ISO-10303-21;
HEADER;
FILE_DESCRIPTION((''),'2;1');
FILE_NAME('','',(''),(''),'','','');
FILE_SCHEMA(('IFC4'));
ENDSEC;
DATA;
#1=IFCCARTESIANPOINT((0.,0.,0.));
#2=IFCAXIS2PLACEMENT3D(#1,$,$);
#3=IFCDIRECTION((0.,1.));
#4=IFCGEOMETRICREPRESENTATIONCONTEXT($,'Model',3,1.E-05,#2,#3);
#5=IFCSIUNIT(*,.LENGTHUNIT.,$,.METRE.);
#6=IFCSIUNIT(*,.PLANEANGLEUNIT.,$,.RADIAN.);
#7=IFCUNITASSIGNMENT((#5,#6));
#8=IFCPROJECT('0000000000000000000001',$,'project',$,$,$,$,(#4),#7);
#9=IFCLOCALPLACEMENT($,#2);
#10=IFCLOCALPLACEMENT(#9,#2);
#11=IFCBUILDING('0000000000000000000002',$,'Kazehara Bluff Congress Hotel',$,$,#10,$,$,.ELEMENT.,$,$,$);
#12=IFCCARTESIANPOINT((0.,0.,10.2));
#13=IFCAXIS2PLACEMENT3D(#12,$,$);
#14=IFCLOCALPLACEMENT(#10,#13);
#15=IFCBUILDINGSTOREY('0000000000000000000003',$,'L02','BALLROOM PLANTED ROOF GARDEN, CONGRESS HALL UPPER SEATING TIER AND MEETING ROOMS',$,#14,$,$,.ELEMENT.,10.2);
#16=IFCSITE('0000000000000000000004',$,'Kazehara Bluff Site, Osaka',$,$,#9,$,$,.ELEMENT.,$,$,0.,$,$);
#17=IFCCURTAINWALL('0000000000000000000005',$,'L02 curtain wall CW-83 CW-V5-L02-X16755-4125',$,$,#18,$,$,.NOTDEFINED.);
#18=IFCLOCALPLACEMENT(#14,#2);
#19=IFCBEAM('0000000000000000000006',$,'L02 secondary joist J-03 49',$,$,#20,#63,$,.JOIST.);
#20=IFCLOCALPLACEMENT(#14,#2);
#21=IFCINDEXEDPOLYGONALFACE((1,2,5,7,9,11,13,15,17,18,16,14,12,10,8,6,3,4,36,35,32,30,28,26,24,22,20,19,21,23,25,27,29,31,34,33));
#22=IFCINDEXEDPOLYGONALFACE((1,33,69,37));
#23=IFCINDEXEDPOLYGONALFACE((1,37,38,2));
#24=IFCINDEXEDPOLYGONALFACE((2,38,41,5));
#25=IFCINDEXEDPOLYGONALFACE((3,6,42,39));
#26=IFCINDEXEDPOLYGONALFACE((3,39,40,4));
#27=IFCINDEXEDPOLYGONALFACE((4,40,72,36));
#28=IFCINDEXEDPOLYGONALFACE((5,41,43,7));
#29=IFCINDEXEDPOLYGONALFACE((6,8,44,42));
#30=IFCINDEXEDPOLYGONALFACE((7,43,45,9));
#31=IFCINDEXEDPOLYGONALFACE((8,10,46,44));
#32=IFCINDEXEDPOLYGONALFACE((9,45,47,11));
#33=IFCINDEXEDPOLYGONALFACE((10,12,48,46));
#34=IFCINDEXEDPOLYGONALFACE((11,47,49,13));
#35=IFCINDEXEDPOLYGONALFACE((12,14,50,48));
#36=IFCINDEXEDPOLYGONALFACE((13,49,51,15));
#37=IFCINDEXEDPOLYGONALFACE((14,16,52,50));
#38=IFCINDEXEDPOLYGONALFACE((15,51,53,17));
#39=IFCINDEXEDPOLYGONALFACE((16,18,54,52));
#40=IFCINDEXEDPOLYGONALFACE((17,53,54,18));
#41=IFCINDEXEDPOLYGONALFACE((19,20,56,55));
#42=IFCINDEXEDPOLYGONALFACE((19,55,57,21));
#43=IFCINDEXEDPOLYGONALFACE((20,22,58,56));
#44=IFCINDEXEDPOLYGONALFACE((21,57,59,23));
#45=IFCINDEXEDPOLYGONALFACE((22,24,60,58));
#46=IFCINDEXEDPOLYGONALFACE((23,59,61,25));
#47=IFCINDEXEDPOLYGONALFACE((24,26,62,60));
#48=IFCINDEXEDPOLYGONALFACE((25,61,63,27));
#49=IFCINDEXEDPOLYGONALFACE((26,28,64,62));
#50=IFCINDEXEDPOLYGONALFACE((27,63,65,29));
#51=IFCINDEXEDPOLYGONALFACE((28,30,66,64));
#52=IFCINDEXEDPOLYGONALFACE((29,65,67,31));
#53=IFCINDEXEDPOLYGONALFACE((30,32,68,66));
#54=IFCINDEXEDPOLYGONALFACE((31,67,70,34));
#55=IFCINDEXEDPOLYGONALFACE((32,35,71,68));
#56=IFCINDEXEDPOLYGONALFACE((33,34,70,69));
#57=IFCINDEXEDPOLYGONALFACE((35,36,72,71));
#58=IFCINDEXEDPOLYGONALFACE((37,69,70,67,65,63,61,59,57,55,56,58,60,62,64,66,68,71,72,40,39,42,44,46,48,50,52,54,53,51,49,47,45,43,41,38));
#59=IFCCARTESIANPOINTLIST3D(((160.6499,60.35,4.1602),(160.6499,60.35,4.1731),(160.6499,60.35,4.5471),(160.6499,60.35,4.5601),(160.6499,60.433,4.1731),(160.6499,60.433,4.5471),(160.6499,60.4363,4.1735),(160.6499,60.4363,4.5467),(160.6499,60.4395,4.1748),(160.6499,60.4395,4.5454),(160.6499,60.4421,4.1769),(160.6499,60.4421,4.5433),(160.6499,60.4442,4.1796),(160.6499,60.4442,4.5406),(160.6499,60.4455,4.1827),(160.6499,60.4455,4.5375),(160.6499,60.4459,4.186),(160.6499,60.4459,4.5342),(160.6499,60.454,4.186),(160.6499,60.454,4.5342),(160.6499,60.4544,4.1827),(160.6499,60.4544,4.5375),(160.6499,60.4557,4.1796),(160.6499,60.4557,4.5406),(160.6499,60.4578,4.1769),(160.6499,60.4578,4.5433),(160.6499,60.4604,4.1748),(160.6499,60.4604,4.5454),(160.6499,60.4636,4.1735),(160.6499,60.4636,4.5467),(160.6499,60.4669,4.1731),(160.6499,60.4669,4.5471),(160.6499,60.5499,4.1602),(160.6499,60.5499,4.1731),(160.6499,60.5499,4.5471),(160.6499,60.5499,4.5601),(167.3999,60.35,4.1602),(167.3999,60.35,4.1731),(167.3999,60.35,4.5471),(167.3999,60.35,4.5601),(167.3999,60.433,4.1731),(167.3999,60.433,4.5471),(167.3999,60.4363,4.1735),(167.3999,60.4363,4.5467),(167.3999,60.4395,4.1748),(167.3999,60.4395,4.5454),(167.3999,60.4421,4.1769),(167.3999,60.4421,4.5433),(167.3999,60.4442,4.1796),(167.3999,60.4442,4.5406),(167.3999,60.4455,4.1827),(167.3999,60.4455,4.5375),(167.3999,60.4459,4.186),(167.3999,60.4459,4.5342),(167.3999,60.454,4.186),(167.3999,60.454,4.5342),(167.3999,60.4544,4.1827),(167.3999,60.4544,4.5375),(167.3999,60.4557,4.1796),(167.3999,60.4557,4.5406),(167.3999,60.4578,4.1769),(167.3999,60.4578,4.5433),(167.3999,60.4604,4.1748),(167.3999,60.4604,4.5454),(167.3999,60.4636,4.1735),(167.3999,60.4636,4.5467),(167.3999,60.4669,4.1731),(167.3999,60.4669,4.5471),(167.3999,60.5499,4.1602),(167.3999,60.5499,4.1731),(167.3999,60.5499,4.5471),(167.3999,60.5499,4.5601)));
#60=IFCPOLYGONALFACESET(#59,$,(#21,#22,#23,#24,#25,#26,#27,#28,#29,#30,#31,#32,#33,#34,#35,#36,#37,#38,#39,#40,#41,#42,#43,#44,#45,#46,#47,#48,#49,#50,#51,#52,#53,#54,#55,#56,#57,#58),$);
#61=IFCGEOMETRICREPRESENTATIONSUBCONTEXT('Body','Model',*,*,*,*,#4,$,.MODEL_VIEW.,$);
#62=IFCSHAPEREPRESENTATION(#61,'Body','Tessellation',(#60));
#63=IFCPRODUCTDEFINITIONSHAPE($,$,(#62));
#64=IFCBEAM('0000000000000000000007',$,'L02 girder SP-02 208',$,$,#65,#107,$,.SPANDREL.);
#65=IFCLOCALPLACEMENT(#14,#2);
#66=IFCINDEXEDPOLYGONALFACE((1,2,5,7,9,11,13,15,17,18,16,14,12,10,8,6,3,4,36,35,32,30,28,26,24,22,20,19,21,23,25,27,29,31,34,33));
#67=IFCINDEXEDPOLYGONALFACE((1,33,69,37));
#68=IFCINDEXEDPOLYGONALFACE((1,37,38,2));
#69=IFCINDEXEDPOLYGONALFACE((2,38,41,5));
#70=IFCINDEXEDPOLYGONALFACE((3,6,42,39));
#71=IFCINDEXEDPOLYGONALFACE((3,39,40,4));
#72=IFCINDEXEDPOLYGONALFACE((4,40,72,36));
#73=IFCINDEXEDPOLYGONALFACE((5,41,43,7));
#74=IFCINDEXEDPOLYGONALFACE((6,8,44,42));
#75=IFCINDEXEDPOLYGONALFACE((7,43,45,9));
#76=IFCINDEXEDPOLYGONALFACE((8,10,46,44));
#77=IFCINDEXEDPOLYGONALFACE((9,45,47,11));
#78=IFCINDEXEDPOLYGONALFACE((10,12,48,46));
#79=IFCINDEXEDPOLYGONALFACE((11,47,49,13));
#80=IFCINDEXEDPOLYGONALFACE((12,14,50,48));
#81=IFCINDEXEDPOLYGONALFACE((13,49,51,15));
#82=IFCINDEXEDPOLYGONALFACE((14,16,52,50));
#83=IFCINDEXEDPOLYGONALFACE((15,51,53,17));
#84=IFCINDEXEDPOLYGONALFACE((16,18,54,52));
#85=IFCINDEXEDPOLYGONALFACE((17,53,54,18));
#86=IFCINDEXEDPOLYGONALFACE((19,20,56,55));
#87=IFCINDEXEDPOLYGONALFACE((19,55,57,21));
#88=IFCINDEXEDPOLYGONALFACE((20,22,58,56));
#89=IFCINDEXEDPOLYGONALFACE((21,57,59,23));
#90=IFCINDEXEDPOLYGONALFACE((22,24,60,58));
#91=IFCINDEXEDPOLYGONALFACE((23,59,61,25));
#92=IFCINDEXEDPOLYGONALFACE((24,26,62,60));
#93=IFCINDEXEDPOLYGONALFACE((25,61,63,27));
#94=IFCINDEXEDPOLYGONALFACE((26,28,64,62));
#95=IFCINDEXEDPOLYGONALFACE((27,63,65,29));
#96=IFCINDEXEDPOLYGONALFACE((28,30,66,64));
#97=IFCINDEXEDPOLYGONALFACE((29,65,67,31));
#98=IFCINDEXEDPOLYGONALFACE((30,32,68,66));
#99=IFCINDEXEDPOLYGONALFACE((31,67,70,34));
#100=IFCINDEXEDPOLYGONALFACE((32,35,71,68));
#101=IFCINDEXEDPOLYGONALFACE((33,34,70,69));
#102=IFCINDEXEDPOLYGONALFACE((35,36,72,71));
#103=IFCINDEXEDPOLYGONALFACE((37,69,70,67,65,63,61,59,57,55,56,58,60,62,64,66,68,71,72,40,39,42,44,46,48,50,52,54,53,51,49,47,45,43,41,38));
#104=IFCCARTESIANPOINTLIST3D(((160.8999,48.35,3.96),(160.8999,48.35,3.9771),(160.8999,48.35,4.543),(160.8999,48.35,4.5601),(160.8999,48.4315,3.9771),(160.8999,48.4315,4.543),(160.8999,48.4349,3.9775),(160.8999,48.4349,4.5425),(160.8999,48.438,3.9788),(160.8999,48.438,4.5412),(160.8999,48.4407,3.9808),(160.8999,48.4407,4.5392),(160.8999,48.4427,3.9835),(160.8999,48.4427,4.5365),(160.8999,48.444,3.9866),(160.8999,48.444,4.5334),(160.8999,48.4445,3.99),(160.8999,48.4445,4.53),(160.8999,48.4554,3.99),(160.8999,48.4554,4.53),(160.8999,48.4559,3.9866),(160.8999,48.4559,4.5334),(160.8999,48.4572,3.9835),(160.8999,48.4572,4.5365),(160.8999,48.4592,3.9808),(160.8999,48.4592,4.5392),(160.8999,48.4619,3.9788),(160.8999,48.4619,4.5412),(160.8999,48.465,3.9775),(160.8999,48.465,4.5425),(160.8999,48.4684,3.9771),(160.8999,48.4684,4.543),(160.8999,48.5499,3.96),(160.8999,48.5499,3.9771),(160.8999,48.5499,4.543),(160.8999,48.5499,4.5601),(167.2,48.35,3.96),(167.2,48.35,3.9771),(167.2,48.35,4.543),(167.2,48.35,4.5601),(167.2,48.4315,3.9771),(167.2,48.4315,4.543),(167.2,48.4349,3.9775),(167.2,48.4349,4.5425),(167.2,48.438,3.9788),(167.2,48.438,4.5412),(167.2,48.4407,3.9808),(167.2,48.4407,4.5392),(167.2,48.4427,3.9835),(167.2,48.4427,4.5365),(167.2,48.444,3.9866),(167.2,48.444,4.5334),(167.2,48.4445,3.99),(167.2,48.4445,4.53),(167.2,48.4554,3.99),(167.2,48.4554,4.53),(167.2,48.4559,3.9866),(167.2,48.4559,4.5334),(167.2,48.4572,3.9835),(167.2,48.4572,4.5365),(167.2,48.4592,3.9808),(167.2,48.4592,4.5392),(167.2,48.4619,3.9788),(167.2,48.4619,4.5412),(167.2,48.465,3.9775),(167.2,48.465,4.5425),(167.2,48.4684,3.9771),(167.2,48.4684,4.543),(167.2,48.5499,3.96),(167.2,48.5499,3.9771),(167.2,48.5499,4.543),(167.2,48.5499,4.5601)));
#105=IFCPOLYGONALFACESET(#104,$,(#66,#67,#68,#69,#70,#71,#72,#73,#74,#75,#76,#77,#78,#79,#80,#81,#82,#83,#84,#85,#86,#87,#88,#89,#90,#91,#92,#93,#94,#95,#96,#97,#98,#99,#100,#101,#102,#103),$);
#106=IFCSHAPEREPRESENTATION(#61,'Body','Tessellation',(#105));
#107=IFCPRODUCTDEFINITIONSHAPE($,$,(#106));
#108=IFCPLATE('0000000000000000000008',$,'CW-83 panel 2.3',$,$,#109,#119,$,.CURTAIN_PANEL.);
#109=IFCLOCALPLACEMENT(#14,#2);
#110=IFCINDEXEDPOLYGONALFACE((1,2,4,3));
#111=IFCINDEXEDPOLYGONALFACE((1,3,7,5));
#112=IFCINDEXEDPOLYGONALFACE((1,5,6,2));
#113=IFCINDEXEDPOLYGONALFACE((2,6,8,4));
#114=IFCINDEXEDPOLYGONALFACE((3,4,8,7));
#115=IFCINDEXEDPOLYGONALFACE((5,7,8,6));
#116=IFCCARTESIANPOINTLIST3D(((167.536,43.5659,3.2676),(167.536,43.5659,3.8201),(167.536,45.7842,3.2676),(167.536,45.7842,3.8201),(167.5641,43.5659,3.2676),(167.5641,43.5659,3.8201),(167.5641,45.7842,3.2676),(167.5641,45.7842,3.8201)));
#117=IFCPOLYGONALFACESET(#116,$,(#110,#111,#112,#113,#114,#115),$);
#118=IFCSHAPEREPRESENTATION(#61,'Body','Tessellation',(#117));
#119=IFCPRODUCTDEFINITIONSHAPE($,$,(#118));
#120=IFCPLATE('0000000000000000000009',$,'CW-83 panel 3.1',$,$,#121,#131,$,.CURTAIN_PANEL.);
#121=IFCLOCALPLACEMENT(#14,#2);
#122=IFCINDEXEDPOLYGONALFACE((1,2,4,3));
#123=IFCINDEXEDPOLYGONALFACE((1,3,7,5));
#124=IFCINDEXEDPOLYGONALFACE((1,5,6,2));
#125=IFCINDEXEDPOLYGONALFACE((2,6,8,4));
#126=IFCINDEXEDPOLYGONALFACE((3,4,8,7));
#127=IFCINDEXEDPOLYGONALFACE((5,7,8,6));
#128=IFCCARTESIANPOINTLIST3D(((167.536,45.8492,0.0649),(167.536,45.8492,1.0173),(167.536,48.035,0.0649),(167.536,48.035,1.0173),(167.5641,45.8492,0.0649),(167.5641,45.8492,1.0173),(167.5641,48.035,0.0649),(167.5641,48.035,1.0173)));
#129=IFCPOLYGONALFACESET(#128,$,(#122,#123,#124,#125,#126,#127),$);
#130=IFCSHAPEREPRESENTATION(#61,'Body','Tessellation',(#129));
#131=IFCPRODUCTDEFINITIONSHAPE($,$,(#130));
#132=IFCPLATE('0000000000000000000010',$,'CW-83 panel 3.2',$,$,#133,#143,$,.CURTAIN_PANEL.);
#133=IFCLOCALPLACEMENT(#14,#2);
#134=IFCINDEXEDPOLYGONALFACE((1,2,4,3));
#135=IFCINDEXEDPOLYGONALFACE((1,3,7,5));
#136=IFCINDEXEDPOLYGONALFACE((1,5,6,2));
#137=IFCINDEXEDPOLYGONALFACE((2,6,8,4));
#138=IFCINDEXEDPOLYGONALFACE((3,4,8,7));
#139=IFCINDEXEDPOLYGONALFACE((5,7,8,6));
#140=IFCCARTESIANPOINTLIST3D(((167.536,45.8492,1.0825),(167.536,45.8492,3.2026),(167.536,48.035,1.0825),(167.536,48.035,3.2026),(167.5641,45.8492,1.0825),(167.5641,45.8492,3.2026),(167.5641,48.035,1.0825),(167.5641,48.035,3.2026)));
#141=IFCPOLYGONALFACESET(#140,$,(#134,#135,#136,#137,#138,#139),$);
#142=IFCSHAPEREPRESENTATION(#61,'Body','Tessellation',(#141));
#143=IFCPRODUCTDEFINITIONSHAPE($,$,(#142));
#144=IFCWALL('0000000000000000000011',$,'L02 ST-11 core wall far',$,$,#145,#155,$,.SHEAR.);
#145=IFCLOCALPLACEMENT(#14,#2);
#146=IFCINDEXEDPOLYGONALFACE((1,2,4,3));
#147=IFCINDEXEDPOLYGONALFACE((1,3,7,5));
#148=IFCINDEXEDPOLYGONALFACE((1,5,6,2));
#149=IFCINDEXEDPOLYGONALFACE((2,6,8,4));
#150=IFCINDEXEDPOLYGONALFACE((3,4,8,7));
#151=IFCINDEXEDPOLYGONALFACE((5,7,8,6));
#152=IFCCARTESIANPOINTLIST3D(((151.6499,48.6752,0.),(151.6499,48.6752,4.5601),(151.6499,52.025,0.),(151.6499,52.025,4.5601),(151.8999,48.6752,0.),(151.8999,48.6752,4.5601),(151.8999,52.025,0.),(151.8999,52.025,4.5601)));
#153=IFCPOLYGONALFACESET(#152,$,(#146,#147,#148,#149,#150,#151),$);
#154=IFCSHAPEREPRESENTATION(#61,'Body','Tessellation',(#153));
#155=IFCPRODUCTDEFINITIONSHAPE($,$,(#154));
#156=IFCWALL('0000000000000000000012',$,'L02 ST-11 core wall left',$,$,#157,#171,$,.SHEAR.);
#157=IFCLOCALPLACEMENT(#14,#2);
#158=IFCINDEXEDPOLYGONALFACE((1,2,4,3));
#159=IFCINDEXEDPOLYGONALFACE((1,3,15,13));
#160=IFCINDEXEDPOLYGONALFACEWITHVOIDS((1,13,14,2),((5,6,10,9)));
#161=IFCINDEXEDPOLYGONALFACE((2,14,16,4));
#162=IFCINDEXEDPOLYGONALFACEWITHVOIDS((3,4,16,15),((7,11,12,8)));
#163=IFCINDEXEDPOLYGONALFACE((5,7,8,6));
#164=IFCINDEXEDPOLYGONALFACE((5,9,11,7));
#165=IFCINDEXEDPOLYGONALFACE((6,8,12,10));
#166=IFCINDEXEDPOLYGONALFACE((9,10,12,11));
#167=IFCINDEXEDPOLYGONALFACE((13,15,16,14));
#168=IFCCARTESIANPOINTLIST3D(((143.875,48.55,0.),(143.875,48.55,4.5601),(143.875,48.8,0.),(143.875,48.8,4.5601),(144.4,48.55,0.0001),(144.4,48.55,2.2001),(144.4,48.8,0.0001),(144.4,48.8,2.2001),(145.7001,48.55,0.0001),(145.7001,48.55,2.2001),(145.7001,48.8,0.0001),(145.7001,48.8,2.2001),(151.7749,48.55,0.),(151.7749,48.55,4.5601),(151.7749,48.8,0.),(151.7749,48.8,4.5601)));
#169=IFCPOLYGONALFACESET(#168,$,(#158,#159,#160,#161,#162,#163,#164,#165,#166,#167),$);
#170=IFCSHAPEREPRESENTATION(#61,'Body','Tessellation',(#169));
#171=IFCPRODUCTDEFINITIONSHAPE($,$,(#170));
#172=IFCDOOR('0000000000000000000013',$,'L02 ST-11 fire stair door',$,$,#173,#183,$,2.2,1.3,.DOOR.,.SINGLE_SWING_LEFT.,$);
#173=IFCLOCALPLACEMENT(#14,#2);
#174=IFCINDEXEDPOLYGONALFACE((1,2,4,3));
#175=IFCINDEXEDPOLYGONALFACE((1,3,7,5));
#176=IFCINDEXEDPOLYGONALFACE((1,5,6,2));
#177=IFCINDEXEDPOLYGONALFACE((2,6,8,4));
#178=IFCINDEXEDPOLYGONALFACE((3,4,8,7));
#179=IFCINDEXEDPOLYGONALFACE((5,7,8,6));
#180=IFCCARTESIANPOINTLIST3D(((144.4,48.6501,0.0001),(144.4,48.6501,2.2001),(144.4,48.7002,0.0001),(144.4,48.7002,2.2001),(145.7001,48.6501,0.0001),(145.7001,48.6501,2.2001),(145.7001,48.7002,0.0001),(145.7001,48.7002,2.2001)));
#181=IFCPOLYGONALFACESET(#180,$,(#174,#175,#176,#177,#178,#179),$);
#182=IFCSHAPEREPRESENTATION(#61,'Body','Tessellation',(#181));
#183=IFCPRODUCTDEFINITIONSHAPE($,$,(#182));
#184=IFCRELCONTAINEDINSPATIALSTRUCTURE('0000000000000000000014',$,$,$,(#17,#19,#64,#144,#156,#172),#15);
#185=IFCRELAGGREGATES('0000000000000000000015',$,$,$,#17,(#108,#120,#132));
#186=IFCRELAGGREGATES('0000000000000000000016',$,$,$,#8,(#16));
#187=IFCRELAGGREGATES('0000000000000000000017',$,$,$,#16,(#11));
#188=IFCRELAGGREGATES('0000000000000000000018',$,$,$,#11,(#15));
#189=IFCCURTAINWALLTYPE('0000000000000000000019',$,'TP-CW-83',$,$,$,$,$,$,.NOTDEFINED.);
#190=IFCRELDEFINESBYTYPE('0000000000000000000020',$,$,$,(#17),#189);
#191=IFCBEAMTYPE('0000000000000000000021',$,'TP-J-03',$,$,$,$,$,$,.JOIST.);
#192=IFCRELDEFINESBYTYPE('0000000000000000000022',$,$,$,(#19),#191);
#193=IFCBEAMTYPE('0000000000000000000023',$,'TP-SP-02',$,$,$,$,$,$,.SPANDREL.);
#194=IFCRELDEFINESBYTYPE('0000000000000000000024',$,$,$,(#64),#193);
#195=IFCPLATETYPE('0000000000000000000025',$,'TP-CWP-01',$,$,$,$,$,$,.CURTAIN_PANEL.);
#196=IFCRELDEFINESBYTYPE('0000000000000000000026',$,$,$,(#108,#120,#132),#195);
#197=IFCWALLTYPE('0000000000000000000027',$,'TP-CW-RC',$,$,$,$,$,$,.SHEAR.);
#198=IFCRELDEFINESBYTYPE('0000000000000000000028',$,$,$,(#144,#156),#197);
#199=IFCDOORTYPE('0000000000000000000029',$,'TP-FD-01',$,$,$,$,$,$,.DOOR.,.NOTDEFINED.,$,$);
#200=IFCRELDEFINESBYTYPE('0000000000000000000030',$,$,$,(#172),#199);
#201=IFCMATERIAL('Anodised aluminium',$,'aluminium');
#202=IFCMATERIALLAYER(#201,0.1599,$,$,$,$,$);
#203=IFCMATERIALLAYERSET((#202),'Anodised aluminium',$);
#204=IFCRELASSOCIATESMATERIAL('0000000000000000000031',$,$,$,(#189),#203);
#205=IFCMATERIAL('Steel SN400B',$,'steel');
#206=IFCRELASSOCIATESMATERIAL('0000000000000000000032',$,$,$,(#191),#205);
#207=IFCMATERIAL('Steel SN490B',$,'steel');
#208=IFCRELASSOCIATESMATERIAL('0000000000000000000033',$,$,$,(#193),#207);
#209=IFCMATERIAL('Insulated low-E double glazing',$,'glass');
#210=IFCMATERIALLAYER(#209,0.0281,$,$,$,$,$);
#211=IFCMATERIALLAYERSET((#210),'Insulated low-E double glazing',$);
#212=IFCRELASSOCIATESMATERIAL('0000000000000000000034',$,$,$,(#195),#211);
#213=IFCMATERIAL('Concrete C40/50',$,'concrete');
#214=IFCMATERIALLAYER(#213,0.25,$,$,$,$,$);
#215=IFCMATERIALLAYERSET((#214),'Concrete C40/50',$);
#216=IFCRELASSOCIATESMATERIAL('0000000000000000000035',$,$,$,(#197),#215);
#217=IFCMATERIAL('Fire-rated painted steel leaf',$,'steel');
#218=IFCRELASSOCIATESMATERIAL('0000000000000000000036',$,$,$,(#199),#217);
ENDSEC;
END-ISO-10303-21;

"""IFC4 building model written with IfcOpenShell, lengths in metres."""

from ifc_helpers import new_model, si_unit, direction, frame, frame_2d, origin, origin_2d, place, context, subcontext, project, spatial, rectangle, i_section, extrude, material, layer, layer_set, material_profile, profile_set, type_object, element, fill, aggregate, save


model = new_model("IFC4")

# Units and contexts
model_context = context("Model", 3, precision=1e-05, world=origin(), true_north=direction((0.0, 1.0)))
body_context = subcontext(model_context, "Body", "Model", "MODEL_VIEW")
ifc_project = project(units=[si_unit("LENGTHUNIT", "METRE"), si_unit("PLANEANGLEUNIT", "RADIAN")], contexts=[model_context])

# Site, building, storey
site_placement = place(None, origin())
site = spatial("IfcSite", under=ifc_project, at=site_placement, Name="Kazehara Bluff Site, Osaka", CompositionType="ELEMENT", RefElevation=0.0)
building_placement = place(site_placement, origin())
building = spatial("IfcBuilding", under=site, at=building_placement, Name="Kazehara Bluff Congress Hotel", CompositionType="ELEMENT")
storey_placement = place(building_placement, frame((0.0, 0.0, 10.2)))
storey = spatial("IfcBuildingStorey", under=building, at=storey_placement, Name="L02", Description="BALLROOM PLANTED ROOF GARDEN, CONGRESS HALL UPPER SEATING TIER AND MEETING ROOMS", CompositionType="ELEMENT", Elevation=10.2)

# Curtain wall
ifc_material_1 = material(Name="Anodised aluminium", Category="aluminium")
ifc_layer_1 = layer(ifc_material_1, 0.1599)
ifc_layer_set_1 = layer_set([ifc_layer_1], Name="Anodised aluminium")
curtain_wall_type = type_object("IfcCurtainWallType", Name="TP-CW-83", PredefinedType="NOTDEFINED", material=ifc_layer_set_1)
curtain_wall_placement = place(storey_placement, origin())
curtain_wall = element("IfcCurtainWall", 1, at=curtain_wall_placement, inside=storey, type_object=curtain_wall_type, Name="L02 curtain wall CW-83 CW-V5-L02-X16755-4125", PredefinedType="NOTDEFINED")

# Beams
ifc_material_2 = material(Name="Steel SN400B", Category="steel")
ifc_material_profile_1 = material_profile(ifc_material_2, i_section(OverallWidth=0.2, OverallDepth=0.3999, WebThickness=0.0081, FlangeThickness=0.0129, FilletRadius=0.0129, at=origin_2d()))
ifc_profile_set_1 = profile_set([ifc_material_profile_1], Name="Steel SN400B")
beam_type_1 = type_object("IfcBeamType", Name="TP-J-03", PredefinedType="JOIST", material=ifc_profile_set_1)
for number, where, z_axis, x_axis, name in (
    (2, (160.6499, 60.45, 4.3601), (1.0, 0.0, 0.0), (0.0, 1.0, 0.0), "L02 secondary joist J-03 49"),
):
    element("IfcBeam", number, at=place(storey_placement, frame(where, z_axis=z_axis, x_axis=x_axis)), inside=storey, type_object=beam_type_1, Name=name, PredefinedType="JOIST", context=body_context, shape_type="SweptSolid", body=[
        extrude(i_section(OverallWidth=0.2, OverallDepth=0.3999, WebThickness=0.0081, FlangeThickness=0.0129, FilletRadius=0.0129, at=origin_2d()), origin(), (0.0, 0.0, 1.0), 6.75),
    ])
ifc_material_3 = material(Name="Steel SN490B", Category="steel")
ifc_material_profile_2 = material_profile(ifc_material_3, i_section(OverallWidth=0.2, OverallDepth=0.6001, WebThickness=0.011, FlangeThickness=0.0171, FilletRadius=0.0129, at=origin_2d()))
ifc_profile_set_2 = profile_set([ifc_material_profile_2], Name="Steel SN490B")
beam_type_2 = type_object("IfcBeamType", Name="TP-SP-02", PredefinedType="SPANDREL", material=ifc_profile_set_2)
beam_1_placement = place(storey_placement, frame((160.8999, 48.45, 4.26), z_axis=(1.0, 0.0, 0.0), x_axis=(0.0, 1.0, 0.0)))
element("IfcBeam", 3, at=beam_1_placement, inside=storey, type_object=beam_type_2, Name="L02 girder SP-02 208", PredefinedType="SPANDREL", context=body_context, shape_type="SweptSolid", body=[
    extrude(i_section(OverallWidth=0.2, OverallDepth=0.6001, WebThickness=0.011, FlangeThickness=0.0171, FilletRadius=0.0129, at=origin_2d()), origin(), (0.0, 0.0, 1.0), 6.3),
])

# Plates
ifc_material_4 = material(Name="Insulated low-E double glazing", Category="glass")
ifc_layer_2 = layer(ifc_material_4, 0.0281)
ifc_layer_set_2 = layer_set([ifc_layer_2], Name="Insulated low-E double glazing")
plate_type = type_object("IfcPlateType", Name="TP-CWP-01", PredefinedType="CURTAIN_PANEL", material=ifc_layer_set_2)
plate_1_placement = place(storey_placement, frame((167.55, 44.675, 3.2676), z_axis=(0.0, 0.0, 1.0), x_axis=(0.0, 1.0, 0.0)))
plate_1 = element("IfcPlate", 4, at=plate_1_placement, type_object=plate_type, Name="CW-83 panel 2.3", PredefinedType="CURTAIN_PANEL", context=body_context, shape_type="SweptSolid", body=[
    extrude(rectangle(XDim=2.2183, YDim=0.0281, at=origin_2d()), origin(), (0.0, 0.0, 1.0), 0.5525),
])
plate_2_placement = place(storey_placement, frame((167.55, 46.9421, 0.0649), z_axis=(0.0, 0.0, 1.0), x_axis=(0.0, 1.0, 0.0)))
plate_2 = element("IfcPlate", 5, at=plate_2_placement, type_object=plate_type, Name="CW-83 panel 3.1", PredefinedType="CURTAIN_PANEL", context=body_context, shape_type="SweptSolid", body=[
    extrude(rectangle(XDim=2.1858, YDim=0.0281, at=origin_2d()), origin(), (0.0, 0.0, 1.0), 0.9524),
])
plate_3_placement = place(storey_placement, frame((167.55, 46.9421, 1.0825), z_axis=(0.0, 0.0, 1.0), x_axis=(0.0, 1.0, 0.0)))
plate_3 = element("IfcPlate", 6, at=plate_3_placement, type_object=plate_type, Name="CW-83 panel 3.2", PredefinedType="CURTAIN_PANEL", context=body_context, shape_type="SweptSolid", body=[
    extrude(rectangle(XDim=2.1858, YDim=0.0281, at=origin_2d()), origin(), (0.0, 0.0, 1.0), 2.1201),
])
aggregate(curtain_wall, [plate_1, plate_2, plate_3])

# Wall
ifc_material_5 = material(Name="Concrete C40/50", Category="concrete")
ifc_layer_3 = layer(ifc_material_5, 0.25)
ifc_layer_set_3 = layer_set([ifc_layer_3], Name="Concrete C40/50")
wall_type_1 = type_object("IfcWallType", Name="TP-CW-RC", PredefinedType="SHEAR", material=ifc_layer_set_3)
wall_1_placement = place(storey_placement, frame((151.7749, 52.0249, 0.0), z_axis=(0.0, 0.0, 1.0), x_axis=(0.0, -1.0, 0.0)))
element("IfcWall", 7, at=wall_1_placement, inside=storey, type_object=wall_type_1, Name="L02 ST-11 core wall far", PredefinedType="SHEAR", context=body_context, shape_type="SweptSolid", body=[
    extrude(rectangle(XDim=3.3499, YDim=0.25, at=frame_2d((1.6748, 0.0))), origin(), (0.0, 0.0, 1.0), 4.5601),
])

# Wall, opening, door
wall_2_placement = place(storey_placement, frame((151.7749, 48.675, 0.0), z_axis=(0.0, 0.0, 1.0), x_axis=(-1.0, 0.0, 0.0)))
wall_2 = element("IfcWall", 8, at=wall_2_placement, inside=storey, type_object=wall_type_1, Name="L02 ST-11 core wall left", PredefinedType="SHEAR", context=body_context, shape_type="SweptSolid", body=[
    extrude(rectangle(XDim=7.8999, YDim=0.25, at=frame_2d((3.95, 0.0))), origin(), (0.0, 0.0, 1.0), 4.5601),
])
opening_1_placement = place(wall_2_placement, frame((6.075, 0.0, 0.0)))
opening_1 = element("IfcOpeningElement", 9, at=opening_1_placement, cuts=wall_2, PredefinedType="OPENING", context=body_context, shape_type="SweptSolid", body=[
    extrude(rectangle(XDim=1.3, YDim=2.2, at=frame_2d((0.6499, 1.1001))), frame((0.0, 0.135, 0.0), z_axis=(0.0, -1.0, 0.0), x_axis=(1.0, 0.0, 0.0)), (0.0, 0.0, 1.0), 0.27),
])
ifc_material_6 = material(Name="Fire-rated painted steel leaf", Category="steel")
door_type_1 = type_object("IfcDoorType", Name="TP-FD-01", OperationType="NOTDEFINED", PredefinedType="DOOR", material=ifc_material_6)
door_1_placement = place(opening_1_placement, origin())
door_1 = element("IfcDoor", 10, at=door_1_placement, inside=storey, type_object=door_type_1, Name="L02 ST-11 fire stair door", OperationType="SINGLE_SWING_LEFT", OverallHeight=2.2, OverallWidth=1.3, PredefinedType="DOOR", context=body_context, shape_type="SweptSolid", body=[
    extrude(rectangle(XDim=1.3, YDim=2.2, at=frame_2d((0.6499, 1.1001))), frame((0.0, 0.0249, 0.0), z_axis=(0.0, -1.0, 0.0), x_axis=(1.0, 0.0, 0.0)), (0.0, 0.0, 1.0), 0.05),
])
fill(opening_1, door_1)

save(model, "model.ifc")
